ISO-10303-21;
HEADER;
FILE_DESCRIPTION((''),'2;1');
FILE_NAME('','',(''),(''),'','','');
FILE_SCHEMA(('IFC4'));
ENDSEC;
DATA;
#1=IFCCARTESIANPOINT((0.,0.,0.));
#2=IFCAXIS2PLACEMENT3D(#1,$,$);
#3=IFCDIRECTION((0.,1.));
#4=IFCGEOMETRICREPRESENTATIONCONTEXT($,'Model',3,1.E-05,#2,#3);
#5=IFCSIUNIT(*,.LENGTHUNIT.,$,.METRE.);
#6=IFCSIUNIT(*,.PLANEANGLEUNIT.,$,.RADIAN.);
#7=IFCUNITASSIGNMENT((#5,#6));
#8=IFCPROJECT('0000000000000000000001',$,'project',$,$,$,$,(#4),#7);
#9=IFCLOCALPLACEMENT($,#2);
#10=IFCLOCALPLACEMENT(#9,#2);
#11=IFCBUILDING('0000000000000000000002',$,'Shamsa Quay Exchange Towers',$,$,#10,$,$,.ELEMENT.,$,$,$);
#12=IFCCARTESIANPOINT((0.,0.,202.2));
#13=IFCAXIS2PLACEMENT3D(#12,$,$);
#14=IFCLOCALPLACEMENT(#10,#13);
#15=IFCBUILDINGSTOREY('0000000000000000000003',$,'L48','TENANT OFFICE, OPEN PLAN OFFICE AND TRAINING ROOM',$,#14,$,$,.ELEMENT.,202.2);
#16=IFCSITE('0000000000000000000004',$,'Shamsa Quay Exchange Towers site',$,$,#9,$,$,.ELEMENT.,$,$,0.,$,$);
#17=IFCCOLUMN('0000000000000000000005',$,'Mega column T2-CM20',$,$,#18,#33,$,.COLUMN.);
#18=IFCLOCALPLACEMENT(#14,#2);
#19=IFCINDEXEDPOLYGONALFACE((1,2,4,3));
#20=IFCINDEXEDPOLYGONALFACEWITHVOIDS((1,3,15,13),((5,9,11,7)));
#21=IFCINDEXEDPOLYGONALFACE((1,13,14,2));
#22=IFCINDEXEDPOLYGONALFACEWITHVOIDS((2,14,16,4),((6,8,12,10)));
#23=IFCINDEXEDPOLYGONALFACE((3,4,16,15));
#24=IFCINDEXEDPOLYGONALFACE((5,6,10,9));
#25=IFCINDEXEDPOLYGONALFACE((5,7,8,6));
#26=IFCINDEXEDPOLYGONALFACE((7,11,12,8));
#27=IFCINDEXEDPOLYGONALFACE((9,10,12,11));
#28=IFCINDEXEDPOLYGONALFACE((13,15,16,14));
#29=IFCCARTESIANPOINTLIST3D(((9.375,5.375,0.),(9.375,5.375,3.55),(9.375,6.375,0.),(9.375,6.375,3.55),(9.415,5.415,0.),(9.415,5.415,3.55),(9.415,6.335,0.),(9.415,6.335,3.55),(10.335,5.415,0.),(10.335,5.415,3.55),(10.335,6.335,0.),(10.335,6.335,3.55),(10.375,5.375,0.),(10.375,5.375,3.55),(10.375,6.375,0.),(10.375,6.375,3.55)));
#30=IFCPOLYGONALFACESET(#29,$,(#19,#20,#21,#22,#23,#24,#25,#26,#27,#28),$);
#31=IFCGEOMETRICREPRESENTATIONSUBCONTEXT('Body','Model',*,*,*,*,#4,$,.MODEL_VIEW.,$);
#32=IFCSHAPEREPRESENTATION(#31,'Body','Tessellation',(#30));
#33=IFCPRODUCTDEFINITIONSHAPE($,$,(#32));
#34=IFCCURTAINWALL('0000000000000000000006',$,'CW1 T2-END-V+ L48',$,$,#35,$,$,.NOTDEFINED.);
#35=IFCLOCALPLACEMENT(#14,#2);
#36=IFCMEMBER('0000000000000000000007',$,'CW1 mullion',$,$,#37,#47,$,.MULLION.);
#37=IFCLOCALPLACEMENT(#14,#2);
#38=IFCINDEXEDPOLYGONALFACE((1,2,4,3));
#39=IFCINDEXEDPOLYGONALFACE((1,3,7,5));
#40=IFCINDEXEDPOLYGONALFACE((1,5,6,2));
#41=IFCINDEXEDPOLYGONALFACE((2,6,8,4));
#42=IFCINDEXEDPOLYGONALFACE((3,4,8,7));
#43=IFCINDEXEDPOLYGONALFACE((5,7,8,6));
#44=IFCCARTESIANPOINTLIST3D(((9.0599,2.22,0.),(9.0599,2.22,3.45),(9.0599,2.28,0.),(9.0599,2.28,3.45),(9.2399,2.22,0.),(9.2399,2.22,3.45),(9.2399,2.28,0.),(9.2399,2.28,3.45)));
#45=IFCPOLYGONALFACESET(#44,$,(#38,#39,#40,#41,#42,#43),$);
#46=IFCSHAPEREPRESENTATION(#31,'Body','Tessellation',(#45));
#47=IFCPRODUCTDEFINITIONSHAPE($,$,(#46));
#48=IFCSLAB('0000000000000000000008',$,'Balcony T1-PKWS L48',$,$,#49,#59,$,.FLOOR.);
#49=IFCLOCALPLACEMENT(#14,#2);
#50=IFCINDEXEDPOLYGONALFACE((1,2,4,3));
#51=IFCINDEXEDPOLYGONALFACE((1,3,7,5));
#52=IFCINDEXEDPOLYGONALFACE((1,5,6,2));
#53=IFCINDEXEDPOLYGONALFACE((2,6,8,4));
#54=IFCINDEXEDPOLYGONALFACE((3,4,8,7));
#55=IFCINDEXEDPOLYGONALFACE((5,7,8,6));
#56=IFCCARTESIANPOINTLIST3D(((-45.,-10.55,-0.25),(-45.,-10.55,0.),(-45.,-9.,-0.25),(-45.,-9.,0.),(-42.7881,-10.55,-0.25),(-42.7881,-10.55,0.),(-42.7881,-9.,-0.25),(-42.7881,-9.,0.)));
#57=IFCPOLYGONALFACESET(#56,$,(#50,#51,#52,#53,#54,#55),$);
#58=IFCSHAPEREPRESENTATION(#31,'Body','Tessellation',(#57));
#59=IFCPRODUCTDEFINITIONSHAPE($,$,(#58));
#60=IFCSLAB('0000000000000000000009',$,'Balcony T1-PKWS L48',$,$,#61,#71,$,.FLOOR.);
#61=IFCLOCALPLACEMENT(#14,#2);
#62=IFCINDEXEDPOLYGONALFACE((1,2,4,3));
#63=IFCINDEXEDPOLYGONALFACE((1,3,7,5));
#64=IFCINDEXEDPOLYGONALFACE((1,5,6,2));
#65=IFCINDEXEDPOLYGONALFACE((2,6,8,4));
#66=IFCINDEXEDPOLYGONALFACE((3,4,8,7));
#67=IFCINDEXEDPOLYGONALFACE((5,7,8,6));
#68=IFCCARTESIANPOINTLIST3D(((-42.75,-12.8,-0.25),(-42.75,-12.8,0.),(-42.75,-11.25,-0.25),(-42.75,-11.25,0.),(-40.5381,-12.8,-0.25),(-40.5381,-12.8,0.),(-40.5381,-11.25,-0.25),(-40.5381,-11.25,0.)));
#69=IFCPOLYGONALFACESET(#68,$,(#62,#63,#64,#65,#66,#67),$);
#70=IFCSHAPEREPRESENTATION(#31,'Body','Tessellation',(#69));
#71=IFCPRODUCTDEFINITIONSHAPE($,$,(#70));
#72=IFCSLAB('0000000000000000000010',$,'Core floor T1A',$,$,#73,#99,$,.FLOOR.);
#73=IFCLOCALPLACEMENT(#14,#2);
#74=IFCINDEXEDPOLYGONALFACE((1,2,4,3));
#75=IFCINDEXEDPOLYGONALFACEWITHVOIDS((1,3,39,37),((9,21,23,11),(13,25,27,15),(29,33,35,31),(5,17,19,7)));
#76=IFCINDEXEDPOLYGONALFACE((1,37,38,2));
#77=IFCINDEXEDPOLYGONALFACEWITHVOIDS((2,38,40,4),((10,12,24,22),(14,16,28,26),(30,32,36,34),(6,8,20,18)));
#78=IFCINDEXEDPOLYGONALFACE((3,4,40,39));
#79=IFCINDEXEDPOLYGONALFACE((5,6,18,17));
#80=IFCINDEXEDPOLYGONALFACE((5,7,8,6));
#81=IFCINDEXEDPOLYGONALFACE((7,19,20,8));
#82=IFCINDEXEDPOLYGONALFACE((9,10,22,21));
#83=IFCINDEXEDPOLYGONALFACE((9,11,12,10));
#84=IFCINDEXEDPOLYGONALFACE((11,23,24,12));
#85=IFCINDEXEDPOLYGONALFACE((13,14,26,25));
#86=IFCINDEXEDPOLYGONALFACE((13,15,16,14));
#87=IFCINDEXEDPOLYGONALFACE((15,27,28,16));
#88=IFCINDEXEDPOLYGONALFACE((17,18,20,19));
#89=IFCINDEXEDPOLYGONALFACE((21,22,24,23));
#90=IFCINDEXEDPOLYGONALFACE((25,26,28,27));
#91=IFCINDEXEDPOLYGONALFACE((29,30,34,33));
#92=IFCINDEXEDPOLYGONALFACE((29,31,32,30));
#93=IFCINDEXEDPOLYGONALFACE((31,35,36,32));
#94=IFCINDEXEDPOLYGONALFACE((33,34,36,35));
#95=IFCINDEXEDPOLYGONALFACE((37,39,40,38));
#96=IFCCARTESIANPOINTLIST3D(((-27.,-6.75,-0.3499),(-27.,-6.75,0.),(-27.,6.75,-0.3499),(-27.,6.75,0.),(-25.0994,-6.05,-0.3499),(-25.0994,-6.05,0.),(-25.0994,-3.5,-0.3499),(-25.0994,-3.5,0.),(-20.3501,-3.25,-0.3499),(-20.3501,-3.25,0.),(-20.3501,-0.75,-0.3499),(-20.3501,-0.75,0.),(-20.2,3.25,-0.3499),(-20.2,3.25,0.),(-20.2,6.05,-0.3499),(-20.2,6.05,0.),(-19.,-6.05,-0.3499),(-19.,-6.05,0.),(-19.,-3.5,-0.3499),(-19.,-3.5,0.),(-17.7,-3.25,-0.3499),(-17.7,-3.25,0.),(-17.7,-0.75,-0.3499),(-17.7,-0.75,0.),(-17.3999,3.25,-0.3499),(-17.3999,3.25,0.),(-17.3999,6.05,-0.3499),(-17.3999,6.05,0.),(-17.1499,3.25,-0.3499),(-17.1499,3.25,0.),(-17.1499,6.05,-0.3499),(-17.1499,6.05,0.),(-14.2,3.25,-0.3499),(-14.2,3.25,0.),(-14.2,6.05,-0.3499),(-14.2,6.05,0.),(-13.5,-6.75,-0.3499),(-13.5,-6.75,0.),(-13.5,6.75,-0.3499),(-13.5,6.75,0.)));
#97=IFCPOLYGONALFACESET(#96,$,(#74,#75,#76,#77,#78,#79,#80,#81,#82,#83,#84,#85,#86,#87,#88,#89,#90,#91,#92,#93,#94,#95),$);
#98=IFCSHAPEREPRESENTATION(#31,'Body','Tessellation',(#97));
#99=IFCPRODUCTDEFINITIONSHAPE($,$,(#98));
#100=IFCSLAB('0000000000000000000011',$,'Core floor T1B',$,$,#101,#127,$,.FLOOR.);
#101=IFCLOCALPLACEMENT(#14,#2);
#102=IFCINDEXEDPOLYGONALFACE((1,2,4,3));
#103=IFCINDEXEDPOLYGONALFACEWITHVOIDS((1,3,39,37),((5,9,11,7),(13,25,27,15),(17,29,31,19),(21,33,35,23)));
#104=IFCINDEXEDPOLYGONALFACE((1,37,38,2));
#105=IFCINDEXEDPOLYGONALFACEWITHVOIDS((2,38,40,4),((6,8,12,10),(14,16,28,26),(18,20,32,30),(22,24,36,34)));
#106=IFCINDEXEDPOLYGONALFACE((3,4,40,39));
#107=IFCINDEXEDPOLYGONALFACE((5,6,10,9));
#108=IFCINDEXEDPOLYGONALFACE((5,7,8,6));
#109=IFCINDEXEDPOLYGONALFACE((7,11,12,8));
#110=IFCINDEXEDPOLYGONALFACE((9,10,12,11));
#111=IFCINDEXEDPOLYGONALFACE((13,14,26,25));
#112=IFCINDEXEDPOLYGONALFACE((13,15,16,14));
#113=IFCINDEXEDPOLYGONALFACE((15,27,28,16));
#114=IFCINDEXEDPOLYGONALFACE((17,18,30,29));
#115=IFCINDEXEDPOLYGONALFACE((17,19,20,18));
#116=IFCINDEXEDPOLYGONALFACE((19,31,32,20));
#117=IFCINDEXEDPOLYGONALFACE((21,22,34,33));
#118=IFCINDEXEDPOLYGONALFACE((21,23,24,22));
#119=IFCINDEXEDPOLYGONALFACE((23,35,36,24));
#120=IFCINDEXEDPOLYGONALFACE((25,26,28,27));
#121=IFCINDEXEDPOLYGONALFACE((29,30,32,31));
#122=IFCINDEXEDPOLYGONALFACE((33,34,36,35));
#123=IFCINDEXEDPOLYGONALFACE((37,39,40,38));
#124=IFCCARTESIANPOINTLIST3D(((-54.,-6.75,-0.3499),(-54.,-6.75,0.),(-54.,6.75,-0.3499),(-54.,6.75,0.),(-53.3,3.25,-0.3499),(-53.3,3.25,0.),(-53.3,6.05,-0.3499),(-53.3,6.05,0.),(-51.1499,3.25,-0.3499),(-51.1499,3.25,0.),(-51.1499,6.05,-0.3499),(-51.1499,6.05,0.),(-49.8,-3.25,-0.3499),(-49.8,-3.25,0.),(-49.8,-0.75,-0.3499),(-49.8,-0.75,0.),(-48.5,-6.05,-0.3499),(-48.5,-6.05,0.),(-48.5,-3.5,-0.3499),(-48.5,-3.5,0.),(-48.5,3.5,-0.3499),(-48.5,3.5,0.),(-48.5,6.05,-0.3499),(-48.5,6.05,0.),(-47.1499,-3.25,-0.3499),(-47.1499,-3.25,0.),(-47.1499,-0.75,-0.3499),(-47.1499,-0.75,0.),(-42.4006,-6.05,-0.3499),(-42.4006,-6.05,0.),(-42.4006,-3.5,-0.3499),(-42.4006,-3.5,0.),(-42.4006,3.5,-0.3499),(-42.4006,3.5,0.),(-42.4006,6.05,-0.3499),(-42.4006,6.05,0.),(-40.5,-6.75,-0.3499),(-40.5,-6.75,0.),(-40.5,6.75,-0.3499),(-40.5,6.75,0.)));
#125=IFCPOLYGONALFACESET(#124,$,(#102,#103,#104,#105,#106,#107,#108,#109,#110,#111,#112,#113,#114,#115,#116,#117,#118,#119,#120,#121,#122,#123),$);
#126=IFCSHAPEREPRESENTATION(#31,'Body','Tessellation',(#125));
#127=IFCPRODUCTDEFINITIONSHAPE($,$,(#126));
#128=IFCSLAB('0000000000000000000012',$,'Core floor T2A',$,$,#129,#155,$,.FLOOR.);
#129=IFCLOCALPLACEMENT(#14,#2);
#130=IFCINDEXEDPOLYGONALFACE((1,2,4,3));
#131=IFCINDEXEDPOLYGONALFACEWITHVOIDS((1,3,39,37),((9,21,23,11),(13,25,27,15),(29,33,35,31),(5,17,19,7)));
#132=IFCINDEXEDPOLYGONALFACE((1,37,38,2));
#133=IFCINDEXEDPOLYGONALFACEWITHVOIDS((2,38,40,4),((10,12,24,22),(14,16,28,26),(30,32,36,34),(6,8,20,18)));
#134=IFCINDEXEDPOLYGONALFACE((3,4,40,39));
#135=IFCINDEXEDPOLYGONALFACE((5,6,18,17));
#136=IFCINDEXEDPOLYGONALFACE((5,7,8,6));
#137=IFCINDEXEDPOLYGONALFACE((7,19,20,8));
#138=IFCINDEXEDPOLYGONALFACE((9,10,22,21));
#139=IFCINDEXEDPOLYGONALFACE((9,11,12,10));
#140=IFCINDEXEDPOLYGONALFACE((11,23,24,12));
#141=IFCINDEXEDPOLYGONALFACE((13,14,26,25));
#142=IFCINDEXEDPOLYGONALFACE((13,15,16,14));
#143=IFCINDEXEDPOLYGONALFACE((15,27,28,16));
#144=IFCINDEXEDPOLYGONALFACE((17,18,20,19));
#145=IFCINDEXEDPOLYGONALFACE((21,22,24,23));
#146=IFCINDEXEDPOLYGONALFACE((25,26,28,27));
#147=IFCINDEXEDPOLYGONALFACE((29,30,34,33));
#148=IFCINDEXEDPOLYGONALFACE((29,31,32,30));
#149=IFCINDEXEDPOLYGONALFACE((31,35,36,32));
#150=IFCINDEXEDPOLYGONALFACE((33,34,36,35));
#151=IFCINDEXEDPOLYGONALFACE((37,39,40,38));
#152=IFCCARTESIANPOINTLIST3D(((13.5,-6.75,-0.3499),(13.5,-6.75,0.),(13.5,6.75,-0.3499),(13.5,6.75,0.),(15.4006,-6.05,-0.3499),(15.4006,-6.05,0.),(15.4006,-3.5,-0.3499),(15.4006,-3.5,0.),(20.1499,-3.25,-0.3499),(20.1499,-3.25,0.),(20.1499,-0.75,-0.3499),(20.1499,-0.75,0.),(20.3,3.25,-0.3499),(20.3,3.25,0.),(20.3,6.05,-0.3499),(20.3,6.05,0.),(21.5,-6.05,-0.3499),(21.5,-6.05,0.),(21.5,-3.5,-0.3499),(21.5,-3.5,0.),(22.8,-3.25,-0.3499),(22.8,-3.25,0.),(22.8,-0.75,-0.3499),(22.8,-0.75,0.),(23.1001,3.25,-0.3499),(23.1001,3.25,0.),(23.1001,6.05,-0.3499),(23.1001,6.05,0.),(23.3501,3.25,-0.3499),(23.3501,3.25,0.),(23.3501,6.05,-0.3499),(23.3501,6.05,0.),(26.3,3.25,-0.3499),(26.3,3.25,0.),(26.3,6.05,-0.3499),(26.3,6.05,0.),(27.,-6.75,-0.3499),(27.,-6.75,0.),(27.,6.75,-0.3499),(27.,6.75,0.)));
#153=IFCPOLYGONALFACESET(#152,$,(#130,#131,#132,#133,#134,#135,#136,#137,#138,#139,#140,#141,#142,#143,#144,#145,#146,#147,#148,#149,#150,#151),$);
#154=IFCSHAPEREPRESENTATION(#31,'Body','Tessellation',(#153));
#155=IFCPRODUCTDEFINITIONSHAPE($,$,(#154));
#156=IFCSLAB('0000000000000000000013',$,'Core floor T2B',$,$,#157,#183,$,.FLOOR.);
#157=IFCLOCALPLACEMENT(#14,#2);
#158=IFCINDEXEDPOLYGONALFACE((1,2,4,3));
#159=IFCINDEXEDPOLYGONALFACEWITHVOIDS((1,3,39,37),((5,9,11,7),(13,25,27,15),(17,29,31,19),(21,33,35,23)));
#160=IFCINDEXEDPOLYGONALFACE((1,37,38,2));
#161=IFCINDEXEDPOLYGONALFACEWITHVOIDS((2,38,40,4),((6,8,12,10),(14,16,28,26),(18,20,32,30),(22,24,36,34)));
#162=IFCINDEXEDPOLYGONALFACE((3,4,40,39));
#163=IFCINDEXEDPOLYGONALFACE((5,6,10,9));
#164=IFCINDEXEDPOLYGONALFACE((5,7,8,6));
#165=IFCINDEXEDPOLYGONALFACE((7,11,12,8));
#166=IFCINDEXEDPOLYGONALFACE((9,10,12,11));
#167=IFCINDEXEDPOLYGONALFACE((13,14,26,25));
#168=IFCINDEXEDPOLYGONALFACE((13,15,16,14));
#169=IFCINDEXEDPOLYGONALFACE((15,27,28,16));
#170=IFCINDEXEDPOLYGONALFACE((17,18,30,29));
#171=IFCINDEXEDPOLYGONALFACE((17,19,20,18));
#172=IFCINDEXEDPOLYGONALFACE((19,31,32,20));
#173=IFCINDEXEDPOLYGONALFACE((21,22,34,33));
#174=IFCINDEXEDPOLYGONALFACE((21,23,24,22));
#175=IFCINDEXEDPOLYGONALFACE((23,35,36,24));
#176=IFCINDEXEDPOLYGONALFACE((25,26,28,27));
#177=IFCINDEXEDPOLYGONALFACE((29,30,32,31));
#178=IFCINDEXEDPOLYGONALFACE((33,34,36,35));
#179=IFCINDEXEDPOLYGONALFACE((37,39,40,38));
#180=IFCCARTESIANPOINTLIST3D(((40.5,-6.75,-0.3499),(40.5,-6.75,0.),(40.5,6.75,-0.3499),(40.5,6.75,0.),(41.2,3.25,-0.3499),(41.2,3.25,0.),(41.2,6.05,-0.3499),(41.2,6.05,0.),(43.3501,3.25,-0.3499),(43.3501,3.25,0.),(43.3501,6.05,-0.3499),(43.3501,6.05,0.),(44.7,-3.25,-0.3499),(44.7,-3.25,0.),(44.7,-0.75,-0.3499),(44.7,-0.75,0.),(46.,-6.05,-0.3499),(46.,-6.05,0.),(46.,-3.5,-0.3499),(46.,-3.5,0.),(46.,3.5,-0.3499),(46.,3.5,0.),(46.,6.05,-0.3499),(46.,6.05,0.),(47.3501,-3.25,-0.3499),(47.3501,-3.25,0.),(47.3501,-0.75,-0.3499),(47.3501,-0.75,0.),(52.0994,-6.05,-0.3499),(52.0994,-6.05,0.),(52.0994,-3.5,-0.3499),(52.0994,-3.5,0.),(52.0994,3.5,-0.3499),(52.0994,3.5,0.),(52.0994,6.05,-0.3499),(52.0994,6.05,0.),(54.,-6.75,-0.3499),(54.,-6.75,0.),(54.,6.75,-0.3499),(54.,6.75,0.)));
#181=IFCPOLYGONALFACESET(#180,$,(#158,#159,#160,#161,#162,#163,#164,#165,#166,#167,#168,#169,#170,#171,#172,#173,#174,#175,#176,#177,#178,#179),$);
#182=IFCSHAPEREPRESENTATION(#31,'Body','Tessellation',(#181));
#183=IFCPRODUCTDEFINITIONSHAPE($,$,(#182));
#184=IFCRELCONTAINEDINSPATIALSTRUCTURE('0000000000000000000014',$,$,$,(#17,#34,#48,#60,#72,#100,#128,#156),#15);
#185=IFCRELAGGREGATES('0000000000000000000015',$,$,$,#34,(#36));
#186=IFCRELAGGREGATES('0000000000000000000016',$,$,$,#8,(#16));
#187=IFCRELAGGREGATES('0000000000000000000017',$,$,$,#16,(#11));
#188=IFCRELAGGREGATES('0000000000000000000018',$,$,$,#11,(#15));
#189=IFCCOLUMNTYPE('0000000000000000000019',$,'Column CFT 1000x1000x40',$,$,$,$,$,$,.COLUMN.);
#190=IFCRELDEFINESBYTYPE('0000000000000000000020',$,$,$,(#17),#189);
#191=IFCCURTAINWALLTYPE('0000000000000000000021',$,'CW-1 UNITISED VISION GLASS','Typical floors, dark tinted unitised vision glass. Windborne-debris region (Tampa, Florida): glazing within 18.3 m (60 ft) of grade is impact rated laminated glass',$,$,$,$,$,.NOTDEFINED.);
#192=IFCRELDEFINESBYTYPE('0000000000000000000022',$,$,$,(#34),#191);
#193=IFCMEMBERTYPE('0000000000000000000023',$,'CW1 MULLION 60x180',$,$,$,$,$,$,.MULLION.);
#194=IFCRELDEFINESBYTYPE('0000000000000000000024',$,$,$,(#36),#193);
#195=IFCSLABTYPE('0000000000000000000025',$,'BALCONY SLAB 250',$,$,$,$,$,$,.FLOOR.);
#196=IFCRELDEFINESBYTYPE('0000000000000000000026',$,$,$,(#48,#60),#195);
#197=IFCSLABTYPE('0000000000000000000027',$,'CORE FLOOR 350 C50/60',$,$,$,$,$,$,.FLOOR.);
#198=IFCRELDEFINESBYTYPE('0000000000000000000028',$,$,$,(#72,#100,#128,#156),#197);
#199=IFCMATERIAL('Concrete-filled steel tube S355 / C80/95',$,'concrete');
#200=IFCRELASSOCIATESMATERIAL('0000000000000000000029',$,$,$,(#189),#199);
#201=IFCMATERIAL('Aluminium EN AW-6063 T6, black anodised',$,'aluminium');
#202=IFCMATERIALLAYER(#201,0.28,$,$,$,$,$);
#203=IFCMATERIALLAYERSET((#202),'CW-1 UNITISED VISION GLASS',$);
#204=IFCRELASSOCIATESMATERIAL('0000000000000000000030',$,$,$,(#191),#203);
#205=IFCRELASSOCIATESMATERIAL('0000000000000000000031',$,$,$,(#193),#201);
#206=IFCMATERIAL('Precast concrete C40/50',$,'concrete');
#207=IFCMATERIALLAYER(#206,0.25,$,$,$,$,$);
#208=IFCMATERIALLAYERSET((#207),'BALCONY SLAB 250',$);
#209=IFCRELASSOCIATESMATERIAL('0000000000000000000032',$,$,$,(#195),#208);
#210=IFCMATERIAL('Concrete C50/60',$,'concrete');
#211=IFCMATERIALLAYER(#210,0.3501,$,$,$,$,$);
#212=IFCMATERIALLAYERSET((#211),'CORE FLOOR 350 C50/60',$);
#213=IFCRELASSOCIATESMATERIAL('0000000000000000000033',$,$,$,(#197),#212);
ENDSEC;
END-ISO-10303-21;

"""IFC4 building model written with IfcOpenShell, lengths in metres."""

from ifc_helpers import new_model, si_unit, direction, frame, origin, origin_2d, place, context, subcontext, project, spatial, polyline, rectangle, hollow_rectangle, outline, extrude, material, layer, layer_set, material_profile, profile_set, type_object, element, aggregate, save


model = new_model("IFC4")

# Units and contexts
model_context = context("Model", 3, precision=1e-05, world=origin(), true_north=direction((0.0, 1.0)))
body_context = subcontext(model_context, "Body", "Model", "MODEL_VIEW")
ifc_project = project(units=[si_unit("LENGTHUNIT", "METRE"), si_unit("PLANEANGLEUNIT", "RADIAN")], contexts=[model_context])

# Site, building, storey
site_placement = place(None, origin())
site = spatial("IfcSite", under=ifc_project, at=site_placement, Name="Shamsa Quay Exchange Towers site", CompositionType="ELEMENT", RefElevation=0.0)
building_placement = place(site_placement, origin())
building = spatial("IfcBuilding", under=site, at=building_placement, Name="Shamsa Quay Exchange Towers", CompositionType="ELEMENT")
storey_placement = place(building_placement, frame((0.0, 0.0, 202.2)))
storey = spatial("IfcBuildingStorey", under=building, at=storey_placement, Name="L48", Description="TENANT OFFICE, OPEN PLAN OFFICE AND TRAINING ROOM", CompositionType="ELEMENT", Elevation=202.2)

# Column
ifc_material_1 = material(Name="Concrete-filled steel tube S355 / C80/95", Category="concrete")
ifc_material_profile_1 = material_profile(ifc_material_1, hollow_rectangle(XDim=1.0, YDim=1.0, WallThickness=0.04, at=origin_2d()), Name="CFT 1000x1000x40")
ifc_profile_set_1 = profile_set([ifc_material_profile_1], Name="Concrete-filled steel tube S355 / C80/95")
column_type = type_object("IfcColumnType", Name="Column CFT 1000x1000x40", PredefinedType="COLUMN", material=ifc_profile_set_1)
column_placement = place(storey_placement, frame((9.875, 5.875, 0.0)))
element("IfcColumn", 1, at=column_placement, inside=storey, type_object=column_type, Name="Mega column T2-CM20", PredefinedType="COLUMN", context=body_context, shape_type="SweptSolid", body=[
    extrude(hollow_rectangle(XDim=1.0, YDim=1.0, WallThickness=0.04, at=origin_2d()), origin(), (0.0, 0.0, 1.0), 3.55),
])

# Curtain wall, member
ifc_material_2 = material(Name="Aluminium EN AW-6063 T6, black anodised", Category="aluminium")
ifc_layer_1 = layer(ifc_material_2, 0.28)
ifc_layer_set_1 = layer_set([ifc_layer_1], Name="CW-1 UNITISED VISION GLASS")
curtain_wall_type = type_object("IfcCurtainWallType", Name="CW-1 UNITISED VISION GLASS", Description="Typical floors, dark tinted unitised vision glass. Windborne-debris region (Tampa, Florida): glazing within 18.3 m (60 ft) of grade is impact rated laminated glass", PredefinedType="NOTDEFINED", material=ifc_layer_set_1)
curtain_wall_1_placement = place(storey_placement, origin())
curtain_wall_1 = element("IfcCurtainWall", 2, at=curtain_wall_1_placement, inside=storey, type_object=curtain_wall_type, Name="CW1 T2-END-V+ L48", PredefinedType="NOTDEFINED")
ifc_material_profile_2 = material_profile(ifc_material_2, rectangle(XDim=0.1799, YDim=0.0601, at=origin_2d()), Name="MU60x180")
ifc_profile_set_2 = profile_set([ifc_material_profile_2], Name="Aluminium EN AW-6063 T6, black anodised")
member_type = type_object("IfcMemberType", Name="CW1 MULLION 60x180", PredefinedType="MULLION", material=ifc_profile_set_2)
member_placement = place(storey_placement, frame((9.1499, 2.25, 0.0)))
member = element("IfcMember", 3, at=member_placement, type_object=member_type, Name="CW1 mullion", PredefinedType="MULLION", context=body_context, shape_type="SweptSolid", body=[
    extrude(rectangle(XDim=0.1799, YDim=0.0601, at=origin_2d()), origin(), (0.0, 0.0, 1.0), 3.45),
])

# Slabs
ifc_material_3 = material(Name="Precast concrete C40/50", Category="concrete")
ifc_layer_2 = layer(ifc_material_3, 0.25)
ifc_layer_set_2 = layer_set([ifc_layer_2], Name="BALCONY SLAB 250")
slab_type_1 = type_object("IfcSlabType", Name="BALCONY SLAB 250", PredefinedType="FLOOR", material=ifc_layer_set_2)
slab_1_placement = place(storey_placement, frame((0.0, 0.0, -0.25)))
element("IfcSlab", 4, at=slab_1_placement, inside=storey, type_object=slab_type_1, Name="Balcony T1-PKWS L48", PredefinedType="FLOOR", context=body_context, shape_type="SweptSolid", body=[
    extrude(outline(polyline([(-45.0, -9.0), (-42.7881, -9.0), (-42.7881, -10.55), (-45.0, -10.55), (-45.0, -9.0)])), origin(), (0.0, 0.0, 1.0), 0.25),
])
slab_2_placement = place(storey_placement, frame((0.0, 0.0, -0.25)))
element("IfcSlab", 5, at=slab_2_placement, inside=storey, type_object=slab_type_1, Name="Balcony T1-PKWS L48", PredefinedType="FLOOR", context=body_context, shape_type="SweptSolid", body=[
    extrude(outline(polyline([(-42.75, -11.25), (-40.5381, -11.25), (-40.5381, -12.8), (-42.75, -12.8), (-42.75, -11.25)])), origin(), (0.0, 0.0, 1.0), 0.25),
])
ifc_material_4 = material(Name="Concrete C50/60", Category="concrete")
ifc_layer_3 = layer(ifc_material_4, 0.3501)
ifc_layer_set_3 = layer_set([ifc_layer_3], Name="CORE FLOOR 350 C50/60")
slab_type_2 = type_object("IfcSlabType", Name="CORE FLOOR 350 C50/60", PredefinedType="FLOOR", material=ifc_layer_set_3)
slab_3_placement = place(storey_placement, frame((0.0, 0.0, -0.3499)))
element("IfcSlab", 6, at=slab_3_placement, inside=storey, type_object=slab_type_2, Name="Core floor T1A", PredefinedType="FLOOR", context=body_context, shape_type="SweptSolid", body=[
    extrude(outline(polyline([(-27.0, -6.75), (-13.5, -6.75), (-13.5, 6.75), (-27.0, 6.75), (-27.0, -6.75)]), holes=[polyline([(-25.0994, -6.05), (-25.0994, -3.5), (-19.0, -3.5), (-19.0, -6.05), (-25.0994, -6.05)]), polyline([(-20.2, 3.25), (-20.2, 6.05), (-17.3999, 6.05), (-17.3999, 3.25), (-20.2, 3.25)]), polyline([(-17.1499, 3.25), (-17.1499, 6.05), (-14.2, 6.05), (-14.2, 3.25), (-17.1499, 3.25)]), polyline([(-20.3501, -3.25), (-20.3501, -0.75), (-17.7, -0.75), (-17.7, -3.25), (-20.3501, -3.25)])]), origin(), (0.0, 0.0, 1.0), 0.3499),
])
slab_4_placement = place(storey_placement, frame((0.0, 0.0, -0.3499)))
element("IfcSlab", 7, at=slab_4_placement, inside=storey, type_object=slab_type_2, Name="Core floor T1B", PredefinedType="FLOOR", context=body_context, shape_type="SweptSolid", body=[
    extrude(outline(polyline([(-40.5, -6.75), (-40.5, 6.75), (-54.0, 6.75), (-54.0, -6.75), (-40.5, -6.75)]), holes=[polyline([(-42.4006, -3.5), (-42.4006, -6.05), (-48.5, -6.05), (-48.5, -3.5), (-42.4006, -3.5)]), polyline([(-42.4006, 6.05), (-42.4006, 3.5), (-48.5, 3.5), (-48.5, 6.05), (-42.4006, 6.05)]), polyline([(-51.1499, 3.25), (-53.3, 3.25), (-53.3, 6.05), (-51.1499, 6.05), (-51.1499, 3.25)]), polyline([(-47.1499, -3.25), (-49.8, -3.25), (-49.8, -0.75), (-47.1499, -0.75), (-47.1499, -3.25)])]), origin(), (0.0, 0.0, 1.0), 0.3499),
])
slab_5_placement = place(storey_placement, frame((0.0, 0.0, -0.3499)))
element("IfcSlab", 8, at=slab_5_placement, inside=storey, type_object=slab_type_2, Name="Core floor T2A", PredefinedType="FLOOR", context=body_context, shape_type="SweptSolid", body=[
    extrude(outline(polyline([(13.5, -6.75), (27.0, -6.75), (27.0, 6.75), (13.5, 6.75), (13.5, -6.75)]), holes=[polyline([(15.4006, -6.05), (15.4006, -3.5), (21.5, -3.5), (21.5, -6.05), (15.4006, -6.05)]), polyline([(20.3, 3.25), (20.3, 6.05), (23.1001, 6.05), (23.1001, 3.25), (20.3, 3.25)]), polyline([(23.3501, 3.25), (23.3501, 6.05), (26.3, 6.05), (26.3, 3.25), (23.3501, 3.25)]), polyline([(20.1499, -3.25), (20.1499, -0.75), (22.8, -0.75), (22.8, -3.25), (20.1499, -3.25)])]), origin(), (0.0, 0.0, 1.0), 0.3499),
])
slab_6_placement = place(storey_placement, frame((0.0, 0.0, -0.3499)))
element("IfcSlab", 9, at=slab_6_placement, inside=storey, type_object=slab_type_2, Name="Core floor T2B", PredefinedType="FLOOR", context=body_context, shape_type="SweptSolid", body=[
    extrude(outline(polyline([(54.0, -6.75), (54.0, 6.75), (40.5, 6.75), (40.5, -6.75), (54.0, -6.75)]), holes=[polyline([(52.0994, -3.5), (52.0994, -6.05), (46.0, -6.05), (46.0, -3.5), (52.0994, -3.5)]), polyline([(52.0994, 6.05), (52.0994, 3.5), (46.0, 3.5), (46.0, 6.05), (52.0994, 6.05)]), polyline([(43.3501, 3.25), (41.2, 3.25), (41.2, 6.05), (43.3501, 6.05), (43.3501, 3.25)]), polyline([(47.3501, -3.25), (44.7, -3.25), (44.7, -0.75), (47.3501, -0.75), (47.3501, -3.25)])]), origin(), (0.0, 0.0, 1.0), 0.3499),
])

aggregate(curtain_wall_1, [member])

save(model, "model.ifc")
